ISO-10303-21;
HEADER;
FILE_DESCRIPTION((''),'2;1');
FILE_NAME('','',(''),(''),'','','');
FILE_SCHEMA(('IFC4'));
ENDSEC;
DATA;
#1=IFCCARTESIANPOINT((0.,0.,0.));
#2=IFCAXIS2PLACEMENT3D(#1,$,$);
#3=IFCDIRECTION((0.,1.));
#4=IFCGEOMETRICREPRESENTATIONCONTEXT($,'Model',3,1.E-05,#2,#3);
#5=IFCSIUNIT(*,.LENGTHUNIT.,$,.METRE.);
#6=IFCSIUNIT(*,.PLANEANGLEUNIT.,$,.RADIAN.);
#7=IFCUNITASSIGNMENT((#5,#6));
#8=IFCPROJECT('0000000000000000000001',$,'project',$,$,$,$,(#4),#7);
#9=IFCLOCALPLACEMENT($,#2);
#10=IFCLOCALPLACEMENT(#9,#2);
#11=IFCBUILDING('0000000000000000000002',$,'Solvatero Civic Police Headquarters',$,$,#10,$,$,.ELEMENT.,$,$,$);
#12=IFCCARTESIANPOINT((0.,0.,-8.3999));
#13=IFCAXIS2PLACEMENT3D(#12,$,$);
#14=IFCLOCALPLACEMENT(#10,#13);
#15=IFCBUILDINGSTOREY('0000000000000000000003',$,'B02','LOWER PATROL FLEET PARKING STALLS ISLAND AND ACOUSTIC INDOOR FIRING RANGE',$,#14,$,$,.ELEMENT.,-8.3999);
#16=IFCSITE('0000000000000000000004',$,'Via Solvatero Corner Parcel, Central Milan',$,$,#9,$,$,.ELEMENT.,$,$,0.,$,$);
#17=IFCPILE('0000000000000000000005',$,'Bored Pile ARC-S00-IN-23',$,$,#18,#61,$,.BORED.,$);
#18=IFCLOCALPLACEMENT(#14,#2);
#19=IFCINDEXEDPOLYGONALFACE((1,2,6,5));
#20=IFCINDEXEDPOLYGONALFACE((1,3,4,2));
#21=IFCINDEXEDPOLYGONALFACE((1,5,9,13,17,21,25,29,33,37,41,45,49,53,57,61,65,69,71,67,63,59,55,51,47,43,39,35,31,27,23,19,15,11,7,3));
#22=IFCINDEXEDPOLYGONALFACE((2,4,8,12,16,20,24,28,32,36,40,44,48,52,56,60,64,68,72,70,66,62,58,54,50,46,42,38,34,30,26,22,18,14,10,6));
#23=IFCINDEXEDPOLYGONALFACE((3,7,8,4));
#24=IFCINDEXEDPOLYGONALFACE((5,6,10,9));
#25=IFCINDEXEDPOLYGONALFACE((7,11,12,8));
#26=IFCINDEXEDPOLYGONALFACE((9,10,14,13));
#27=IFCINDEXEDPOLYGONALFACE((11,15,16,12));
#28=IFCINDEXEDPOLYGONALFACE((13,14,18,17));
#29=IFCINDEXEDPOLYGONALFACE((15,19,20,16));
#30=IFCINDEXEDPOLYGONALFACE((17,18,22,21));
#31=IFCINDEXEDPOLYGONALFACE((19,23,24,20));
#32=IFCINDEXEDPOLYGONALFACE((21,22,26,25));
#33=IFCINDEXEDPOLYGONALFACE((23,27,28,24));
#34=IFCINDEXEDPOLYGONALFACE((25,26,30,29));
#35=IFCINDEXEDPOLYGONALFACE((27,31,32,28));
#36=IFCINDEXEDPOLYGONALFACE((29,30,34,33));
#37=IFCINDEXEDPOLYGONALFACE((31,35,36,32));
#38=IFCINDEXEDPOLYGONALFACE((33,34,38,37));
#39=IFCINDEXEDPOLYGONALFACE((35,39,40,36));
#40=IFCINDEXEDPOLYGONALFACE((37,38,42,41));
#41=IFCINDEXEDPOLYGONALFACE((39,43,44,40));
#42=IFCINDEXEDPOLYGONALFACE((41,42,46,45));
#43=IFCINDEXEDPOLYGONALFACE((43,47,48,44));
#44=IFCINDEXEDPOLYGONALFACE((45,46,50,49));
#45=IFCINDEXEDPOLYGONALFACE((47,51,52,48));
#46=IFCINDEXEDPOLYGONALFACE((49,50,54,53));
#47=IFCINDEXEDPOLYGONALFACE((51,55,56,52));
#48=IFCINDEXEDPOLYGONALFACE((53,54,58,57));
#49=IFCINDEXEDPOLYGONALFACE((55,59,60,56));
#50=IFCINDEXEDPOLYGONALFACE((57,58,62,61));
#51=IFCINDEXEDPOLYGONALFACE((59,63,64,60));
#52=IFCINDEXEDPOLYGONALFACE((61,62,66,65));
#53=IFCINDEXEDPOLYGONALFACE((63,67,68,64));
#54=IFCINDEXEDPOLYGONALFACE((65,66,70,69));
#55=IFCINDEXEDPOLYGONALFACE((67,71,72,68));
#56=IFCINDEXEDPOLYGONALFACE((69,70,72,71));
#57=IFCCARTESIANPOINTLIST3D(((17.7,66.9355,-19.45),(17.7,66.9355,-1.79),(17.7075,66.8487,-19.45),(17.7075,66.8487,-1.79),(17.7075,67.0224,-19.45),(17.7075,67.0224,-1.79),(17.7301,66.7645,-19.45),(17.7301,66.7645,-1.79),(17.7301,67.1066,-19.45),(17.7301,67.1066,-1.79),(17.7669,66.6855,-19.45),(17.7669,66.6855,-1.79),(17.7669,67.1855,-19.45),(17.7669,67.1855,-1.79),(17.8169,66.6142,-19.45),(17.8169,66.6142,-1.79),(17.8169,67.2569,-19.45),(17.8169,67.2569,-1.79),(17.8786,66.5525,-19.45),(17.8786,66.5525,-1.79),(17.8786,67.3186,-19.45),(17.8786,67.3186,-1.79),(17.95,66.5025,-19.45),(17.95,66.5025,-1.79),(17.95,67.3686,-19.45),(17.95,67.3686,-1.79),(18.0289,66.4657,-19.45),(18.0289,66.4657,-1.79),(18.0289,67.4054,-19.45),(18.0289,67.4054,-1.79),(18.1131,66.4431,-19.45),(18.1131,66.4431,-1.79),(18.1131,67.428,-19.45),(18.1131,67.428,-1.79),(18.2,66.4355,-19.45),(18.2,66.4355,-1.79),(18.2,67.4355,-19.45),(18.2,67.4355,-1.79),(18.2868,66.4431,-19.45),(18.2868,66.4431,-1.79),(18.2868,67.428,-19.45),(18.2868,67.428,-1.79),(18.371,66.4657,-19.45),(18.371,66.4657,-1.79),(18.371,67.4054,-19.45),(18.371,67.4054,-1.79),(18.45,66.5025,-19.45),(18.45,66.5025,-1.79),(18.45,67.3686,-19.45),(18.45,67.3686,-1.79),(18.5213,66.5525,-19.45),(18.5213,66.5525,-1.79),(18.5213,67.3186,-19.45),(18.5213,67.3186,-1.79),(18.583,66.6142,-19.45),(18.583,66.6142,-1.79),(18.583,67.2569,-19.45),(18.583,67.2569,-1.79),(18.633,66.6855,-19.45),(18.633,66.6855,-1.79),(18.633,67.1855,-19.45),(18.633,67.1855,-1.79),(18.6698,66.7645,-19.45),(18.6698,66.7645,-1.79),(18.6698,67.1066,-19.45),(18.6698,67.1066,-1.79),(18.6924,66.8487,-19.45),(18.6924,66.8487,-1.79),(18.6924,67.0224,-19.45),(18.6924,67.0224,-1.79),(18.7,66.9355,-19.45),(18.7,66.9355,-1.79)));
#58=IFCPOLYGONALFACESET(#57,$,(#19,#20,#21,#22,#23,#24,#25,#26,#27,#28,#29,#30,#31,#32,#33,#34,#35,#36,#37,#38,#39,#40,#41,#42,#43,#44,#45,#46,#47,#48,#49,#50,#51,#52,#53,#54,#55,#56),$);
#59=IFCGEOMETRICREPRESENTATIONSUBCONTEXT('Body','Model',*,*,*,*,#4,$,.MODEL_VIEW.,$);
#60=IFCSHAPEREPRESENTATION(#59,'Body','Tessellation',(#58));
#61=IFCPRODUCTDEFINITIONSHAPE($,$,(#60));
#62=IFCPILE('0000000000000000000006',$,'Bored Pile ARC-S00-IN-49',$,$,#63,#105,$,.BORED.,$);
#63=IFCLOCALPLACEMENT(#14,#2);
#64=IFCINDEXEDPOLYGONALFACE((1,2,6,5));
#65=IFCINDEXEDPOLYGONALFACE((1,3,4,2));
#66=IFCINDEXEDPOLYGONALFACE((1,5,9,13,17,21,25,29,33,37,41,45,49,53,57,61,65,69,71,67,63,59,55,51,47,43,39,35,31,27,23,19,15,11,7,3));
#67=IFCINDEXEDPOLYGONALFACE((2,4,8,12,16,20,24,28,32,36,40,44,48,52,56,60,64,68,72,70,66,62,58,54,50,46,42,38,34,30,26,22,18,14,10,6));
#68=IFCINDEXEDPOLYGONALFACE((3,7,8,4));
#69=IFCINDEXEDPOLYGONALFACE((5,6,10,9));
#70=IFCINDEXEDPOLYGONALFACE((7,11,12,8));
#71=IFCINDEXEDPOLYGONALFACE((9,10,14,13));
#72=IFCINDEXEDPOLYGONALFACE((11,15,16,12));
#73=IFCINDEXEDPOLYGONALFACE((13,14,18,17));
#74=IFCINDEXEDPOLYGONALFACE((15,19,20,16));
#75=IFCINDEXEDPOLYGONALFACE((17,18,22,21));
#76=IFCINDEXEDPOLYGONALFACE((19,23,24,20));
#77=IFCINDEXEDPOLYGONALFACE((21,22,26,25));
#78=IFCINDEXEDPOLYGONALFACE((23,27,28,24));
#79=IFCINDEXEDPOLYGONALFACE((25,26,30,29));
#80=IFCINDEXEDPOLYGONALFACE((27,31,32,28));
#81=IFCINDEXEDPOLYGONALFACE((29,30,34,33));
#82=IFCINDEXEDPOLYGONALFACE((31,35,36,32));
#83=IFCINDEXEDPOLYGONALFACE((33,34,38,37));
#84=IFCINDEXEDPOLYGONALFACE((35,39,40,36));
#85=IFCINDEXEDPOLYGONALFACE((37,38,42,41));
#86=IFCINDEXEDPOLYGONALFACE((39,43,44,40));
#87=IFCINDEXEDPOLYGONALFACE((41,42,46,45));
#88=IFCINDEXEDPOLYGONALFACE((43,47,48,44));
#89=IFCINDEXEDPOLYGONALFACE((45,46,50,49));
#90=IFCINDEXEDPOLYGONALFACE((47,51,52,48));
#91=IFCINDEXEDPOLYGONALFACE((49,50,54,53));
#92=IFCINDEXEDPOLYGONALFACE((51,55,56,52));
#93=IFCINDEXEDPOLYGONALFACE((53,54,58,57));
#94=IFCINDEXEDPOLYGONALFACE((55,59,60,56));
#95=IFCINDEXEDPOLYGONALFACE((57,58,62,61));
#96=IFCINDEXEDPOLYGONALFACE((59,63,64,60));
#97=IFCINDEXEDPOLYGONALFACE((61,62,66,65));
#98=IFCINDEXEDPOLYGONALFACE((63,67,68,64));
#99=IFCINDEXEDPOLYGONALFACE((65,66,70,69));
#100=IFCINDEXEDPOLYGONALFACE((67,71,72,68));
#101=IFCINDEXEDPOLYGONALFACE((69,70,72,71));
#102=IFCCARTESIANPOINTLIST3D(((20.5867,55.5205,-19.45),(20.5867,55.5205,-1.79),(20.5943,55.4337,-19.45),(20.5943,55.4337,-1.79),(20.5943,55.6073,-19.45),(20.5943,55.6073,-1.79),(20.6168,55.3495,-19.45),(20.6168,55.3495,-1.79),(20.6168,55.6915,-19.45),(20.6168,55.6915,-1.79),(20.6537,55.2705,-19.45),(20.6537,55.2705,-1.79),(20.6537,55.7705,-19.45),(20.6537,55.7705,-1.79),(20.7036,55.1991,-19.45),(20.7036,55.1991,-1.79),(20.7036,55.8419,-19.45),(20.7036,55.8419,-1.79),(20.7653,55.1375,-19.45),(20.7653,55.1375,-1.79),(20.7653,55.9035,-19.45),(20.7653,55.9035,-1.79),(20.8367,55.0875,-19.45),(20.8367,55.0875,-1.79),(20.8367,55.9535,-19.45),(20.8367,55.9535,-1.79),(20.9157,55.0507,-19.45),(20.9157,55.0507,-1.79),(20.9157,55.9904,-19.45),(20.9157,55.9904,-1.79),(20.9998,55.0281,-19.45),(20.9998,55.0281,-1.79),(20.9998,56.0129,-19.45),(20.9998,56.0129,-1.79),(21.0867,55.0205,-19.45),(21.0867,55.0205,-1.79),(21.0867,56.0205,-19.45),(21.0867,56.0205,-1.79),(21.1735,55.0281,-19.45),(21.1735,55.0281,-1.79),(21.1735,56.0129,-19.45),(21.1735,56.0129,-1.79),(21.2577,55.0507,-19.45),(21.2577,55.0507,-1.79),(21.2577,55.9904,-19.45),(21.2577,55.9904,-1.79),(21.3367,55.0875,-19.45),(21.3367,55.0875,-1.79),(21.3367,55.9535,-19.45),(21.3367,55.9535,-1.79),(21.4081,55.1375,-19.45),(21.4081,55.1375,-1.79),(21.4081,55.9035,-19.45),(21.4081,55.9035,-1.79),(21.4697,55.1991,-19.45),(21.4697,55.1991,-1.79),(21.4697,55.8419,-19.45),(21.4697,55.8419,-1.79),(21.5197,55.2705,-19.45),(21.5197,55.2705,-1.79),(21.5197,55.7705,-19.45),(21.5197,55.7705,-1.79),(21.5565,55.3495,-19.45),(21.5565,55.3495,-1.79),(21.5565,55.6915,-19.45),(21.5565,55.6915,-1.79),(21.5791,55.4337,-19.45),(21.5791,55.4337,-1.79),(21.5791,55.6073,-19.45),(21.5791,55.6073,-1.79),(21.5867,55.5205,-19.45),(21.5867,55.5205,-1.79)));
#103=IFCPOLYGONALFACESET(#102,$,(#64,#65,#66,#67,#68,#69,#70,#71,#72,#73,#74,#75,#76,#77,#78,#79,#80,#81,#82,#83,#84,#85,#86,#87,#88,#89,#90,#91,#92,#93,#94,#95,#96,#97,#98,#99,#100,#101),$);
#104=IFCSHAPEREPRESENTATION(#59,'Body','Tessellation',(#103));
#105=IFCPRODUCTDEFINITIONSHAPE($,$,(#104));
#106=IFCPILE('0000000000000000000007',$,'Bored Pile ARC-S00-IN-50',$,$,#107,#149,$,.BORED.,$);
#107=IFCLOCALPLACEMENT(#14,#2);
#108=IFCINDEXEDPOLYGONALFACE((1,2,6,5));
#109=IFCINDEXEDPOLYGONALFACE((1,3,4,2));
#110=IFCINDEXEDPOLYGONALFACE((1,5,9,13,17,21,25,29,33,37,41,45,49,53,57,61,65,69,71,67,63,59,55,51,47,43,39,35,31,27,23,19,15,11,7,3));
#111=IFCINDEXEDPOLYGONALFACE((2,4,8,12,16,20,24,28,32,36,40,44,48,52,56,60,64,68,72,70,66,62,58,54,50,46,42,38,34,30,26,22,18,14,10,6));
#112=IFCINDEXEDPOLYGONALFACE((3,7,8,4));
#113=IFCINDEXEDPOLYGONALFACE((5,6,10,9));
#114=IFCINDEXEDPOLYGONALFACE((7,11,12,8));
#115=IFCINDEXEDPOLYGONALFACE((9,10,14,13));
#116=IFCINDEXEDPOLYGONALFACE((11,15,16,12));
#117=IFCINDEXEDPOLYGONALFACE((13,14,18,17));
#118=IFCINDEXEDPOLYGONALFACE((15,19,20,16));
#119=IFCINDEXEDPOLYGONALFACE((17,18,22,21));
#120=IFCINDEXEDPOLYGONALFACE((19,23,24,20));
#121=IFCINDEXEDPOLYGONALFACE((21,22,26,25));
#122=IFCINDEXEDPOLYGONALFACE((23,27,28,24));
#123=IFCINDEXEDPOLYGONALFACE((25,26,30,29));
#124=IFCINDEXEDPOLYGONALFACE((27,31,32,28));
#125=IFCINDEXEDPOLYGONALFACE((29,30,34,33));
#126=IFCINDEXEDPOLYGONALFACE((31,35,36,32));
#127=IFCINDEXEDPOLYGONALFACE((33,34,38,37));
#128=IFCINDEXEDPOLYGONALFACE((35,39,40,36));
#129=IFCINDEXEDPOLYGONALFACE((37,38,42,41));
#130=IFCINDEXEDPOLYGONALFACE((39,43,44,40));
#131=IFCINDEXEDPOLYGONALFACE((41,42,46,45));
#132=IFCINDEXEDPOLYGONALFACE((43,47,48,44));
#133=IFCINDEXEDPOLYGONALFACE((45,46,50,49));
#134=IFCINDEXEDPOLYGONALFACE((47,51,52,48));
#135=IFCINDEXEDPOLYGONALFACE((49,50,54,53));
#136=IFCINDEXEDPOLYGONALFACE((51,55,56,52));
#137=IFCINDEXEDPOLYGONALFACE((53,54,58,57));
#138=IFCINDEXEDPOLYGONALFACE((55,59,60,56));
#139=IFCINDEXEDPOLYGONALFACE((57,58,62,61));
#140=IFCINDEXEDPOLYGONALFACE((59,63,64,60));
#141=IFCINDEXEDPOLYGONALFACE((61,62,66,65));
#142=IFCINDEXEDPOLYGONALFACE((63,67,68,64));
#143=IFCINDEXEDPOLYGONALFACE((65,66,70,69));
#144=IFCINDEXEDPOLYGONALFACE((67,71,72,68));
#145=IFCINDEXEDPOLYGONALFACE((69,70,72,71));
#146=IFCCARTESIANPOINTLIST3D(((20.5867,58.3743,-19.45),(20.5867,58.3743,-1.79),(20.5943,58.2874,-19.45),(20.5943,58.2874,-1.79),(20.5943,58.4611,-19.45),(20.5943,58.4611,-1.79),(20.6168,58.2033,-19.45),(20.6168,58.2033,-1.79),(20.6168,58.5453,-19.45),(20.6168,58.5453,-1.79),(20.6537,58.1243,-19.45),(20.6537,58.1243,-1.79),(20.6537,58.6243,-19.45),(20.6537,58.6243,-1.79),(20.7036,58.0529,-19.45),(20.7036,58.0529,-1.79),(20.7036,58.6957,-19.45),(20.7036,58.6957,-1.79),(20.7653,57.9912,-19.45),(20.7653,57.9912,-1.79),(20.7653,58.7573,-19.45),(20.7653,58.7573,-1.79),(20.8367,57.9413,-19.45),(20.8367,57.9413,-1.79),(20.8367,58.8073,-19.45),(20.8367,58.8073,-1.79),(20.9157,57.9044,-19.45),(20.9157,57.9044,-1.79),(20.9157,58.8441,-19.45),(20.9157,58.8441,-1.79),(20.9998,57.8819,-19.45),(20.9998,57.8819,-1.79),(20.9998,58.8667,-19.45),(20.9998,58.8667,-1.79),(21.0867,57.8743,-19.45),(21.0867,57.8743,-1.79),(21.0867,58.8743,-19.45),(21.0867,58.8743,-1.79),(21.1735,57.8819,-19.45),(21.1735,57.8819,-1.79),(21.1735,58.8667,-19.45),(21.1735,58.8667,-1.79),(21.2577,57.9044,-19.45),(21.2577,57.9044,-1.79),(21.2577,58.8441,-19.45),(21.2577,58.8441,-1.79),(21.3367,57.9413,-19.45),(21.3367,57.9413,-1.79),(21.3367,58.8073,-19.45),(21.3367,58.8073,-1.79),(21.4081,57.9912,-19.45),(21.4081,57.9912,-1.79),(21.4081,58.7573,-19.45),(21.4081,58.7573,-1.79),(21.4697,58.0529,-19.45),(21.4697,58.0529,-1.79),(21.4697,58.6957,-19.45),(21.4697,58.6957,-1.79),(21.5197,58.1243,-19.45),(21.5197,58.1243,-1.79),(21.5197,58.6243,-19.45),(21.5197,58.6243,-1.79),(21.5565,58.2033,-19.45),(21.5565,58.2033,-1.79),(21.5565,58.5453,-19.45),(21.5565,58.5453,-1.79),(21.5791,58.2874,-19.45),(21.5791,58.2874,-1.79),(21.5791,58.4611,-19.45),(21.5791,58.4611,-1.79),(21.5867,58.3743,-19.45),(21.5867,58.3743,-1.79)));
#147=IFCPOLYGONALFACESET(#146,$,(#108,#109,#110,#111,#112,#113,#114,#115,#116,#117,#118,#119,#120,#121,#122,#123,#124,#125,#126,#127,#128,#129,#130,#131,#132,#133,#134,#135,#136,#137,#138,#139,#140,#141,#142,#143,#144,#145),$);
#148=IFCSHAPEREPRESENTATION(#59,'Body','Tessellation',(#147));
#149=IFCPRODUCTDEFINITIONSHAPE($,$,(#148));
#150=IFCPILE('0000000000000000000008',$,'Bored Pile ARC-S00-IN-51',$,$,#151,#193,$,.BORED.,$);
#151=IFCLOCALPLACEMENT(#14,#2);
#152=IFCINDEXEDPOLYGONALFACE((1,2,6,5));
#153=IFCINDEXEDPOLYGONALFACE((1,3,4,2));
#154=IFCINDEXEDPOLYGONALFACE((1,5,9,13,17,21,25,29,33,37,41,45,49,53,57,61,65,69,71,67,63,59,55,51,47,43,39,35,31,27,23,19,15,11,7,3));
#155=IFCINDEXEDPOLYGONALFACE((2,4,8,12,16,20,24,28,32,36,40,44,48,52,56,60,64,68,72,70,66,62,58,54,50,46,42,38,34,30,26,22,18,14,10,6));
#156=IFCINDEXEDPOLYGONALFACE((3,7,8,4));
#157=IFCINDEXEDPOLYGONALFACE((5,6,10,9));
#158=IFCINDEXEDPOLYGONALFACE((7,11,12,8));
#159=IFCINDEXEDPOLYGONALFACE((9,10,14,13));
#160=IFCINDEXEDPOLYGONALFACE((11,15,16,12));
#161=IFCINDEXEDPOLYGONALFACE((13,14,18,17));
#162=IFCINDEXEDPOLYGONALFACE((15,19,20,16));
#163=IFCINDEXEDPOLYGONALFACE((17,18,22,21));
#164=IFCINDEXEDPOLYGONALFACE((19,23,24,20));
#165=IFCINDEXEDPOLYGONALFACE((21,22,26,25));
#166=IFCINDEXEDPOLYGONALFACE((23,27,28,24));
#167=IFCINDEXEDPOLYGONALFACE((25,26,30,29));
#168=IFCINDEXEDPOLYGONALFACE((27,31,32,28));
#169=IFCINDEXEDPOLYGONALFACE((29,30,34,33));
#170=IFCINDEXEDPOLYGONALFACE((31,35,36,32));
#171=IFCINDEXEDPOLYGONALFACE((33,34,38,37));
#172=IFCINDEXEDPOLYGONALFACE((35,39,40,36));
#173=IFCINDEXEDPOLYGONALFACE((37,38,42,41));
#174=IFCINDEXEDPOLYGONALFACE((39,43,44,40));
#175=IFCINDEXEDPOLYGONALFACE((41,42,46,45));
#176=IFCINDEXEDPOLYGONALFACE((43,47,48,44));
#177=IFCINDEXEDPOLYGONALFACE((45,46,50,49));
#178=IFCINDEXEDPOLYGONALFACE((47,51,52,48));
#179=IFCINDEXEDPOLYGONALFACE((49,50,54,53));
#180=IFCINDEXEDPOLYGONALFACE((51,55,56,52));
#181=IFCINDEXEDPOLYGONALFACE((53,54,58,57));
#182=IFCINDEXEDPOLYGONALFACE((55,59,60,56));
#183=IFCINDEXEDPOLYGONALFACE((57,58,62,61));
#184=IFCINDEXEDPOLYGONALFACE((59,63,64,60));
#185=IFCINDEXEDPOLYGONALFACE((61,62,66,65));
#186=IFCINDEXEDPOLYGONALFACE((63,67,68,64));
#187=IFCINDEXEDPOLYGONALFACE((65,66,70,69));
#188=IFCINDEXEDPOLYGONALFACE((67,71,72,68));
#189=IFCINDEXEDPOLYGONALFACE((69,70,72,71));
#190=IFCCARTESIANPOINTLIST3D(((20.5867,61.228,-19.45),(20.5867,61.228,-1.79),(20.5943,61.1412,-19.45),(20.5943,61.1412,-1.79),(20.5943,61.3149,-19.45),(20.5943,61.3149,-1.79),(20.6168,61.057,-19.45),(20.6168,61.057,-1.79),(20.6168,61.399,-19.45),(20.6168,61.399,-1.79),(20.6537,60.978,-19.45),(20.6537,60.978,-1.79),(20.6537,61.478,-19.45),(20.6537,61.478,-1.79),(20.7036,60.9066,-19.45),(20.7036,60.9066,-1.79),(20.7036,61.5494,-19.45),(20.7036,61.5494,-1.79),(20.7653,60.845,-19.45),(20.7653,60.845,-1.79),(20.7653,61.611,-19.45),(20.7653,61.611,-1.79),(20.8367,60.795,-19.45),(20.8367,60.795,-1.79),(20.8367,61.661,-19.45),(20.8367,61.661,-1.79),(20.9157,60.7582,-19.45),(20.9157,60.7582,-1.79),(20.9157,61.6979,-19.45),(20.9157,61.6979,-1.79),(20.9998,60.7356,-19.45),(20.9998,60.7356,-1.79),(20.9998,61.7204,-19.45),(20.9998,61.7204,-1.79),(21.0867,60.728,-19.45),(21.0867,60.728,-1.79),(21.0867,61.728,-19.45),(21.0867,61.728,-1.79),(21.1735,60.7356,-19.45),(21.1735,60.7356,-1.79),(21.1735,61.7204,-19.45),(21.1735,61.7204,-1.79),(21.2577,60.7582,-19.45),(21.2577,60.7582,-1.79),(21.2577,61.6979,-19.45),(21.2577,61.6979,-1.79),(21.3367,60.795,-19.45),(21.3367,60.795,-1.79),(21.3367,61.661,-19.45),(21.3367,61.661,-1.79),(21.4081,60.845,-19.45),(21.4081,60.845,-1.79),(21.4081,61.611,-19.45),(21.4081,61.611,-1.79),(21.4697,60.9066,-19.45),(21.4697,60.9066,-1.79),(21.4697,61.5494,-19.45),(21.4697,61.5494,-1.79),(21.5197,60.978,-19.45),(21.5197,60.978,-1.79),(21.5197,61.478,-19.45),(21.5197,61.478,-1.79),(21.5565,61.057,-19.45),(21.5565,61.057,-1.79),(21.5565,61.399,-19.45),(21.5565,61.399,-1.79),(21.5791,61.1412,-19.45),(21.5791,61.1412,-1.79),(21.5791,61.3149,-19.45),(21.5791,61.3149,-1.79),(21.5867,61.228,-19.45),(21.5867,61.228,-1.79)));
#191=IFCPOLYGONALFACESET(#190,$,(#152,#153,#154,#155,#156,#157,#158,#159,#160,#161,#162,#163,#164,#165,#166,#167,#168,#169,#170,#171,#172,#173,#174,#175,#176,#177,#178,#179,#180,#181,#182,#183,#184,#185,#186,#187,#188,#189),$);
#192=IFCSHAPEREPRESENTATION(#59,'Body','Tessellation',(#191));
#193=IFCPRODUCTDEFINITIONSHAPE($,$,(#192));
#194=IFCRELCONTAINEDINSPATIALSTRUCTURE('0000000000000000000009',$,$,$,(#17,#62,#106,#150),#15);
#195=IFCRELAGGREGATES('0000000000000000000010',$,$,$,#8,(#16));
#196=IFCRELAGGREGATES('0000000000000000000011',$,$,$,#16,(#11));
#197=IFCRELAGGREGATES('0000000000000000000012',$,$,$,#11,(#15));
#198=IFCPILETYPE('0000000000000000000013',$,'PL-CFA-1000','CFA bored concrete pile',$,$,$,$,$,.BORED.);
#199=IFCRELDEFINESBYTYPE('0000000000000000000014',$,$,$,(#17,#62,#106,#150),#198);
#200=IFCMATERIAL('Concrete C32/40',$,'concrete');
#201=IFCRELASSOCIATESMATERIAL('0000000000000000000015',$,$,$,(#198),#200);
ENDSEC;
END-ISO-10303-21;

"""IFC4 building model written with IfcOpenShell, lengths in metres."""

from ifc_helpers import new_model, si_unit, direction, frame, origin, origin_2d, place, context, subcontext, project, spatial, circle, extrude, material, material_profile, profile_set, type_object, element, save


model = new_model("IFC4")

# Units and contexts
model_context = context("Model", 3, precision=1e-05, world=origin(), true_north=direction((0.0, 1.0)))
body_context = subcontext(model_context, "Body", "Model", "MODEL_VIEW")
ifc_project = project(units=[si_unit("LENGTHUNIT", "METRE"), si_unit("PLANEANGLEUNIT", "RADIAN")], contexts=[model_context])

# Site, building, storey
site_placement = place(None, origin())
site = spatial("IfcSite", under=ifc_project, at=site_placement, Name="Via Solvatero Corner Parcel, Central Milan", CompositionType="ELEMENT", RefElevation=0.0)
building_placement = place(site_placement, origin())
building = spatial("IfcBuilding", under=site, at=building_placement, Name="Solvatero Civic Police Headquarters", CompositionType="ELEMENT")
storey_placement = place(building_placement, frame((0.0, 0.0, -8.3999)))
storey = spatial("IfcBuildingStorey", under=building, at=storey_placement, Name="B02", Description="LOWER PATROL FLEET PARKING STALLS ISLAND AND ACOUSTIC INDOOR FIRING RANGE", CompositionType="ELEMENT", Elevation=-8.3999)

# Piles
ifc_material_1 = material(Name="Concrete C32/40", Category="concrete")
ifc_material_profile_1 = material_profile(ifc_material_1, circle(Radius=0.5, at=origin_2d()), Name="CFA PILE D1000")
ifc_profile_set_1 = profile_set([ifc_material_profile_1], Name="Concrete C32/40")
pile_type = type_object("IfcPileType", Name="PL-CFA-1000", Description="CFA bored concrete pile", PredefinedType="BORED", material=ifc_profile_set_1)
for number, where, z_axis, x_axis, name in (
    (1, (18.2, 66.9355, -1.79), (0.0, 0.0, -1.0), (1.0, 0.0, 0.0), "Bored Pile ARC-S00-IN-23"),
    (2, (21.0867, 55.5205, -1.79), (0.0, 0.0, -1.0), (1.0, 0.0, 0.0), "Bored Pile ARC-S00-IN-49"),
    (3, (21.0867, 58.3743, -1.79), (0.0, 0.0, -1.0), (1.0, 0.0, 0.0), "Bored Pile ARC-S00-IN-50"),
    (4, (21.0867, 61.228, -1.79), (0.0, 0.0, -1.0), (1.0, 0.0, 0.0), "Bored Pile ARC-S00-IN-51"),
):
    element("IfcPile", number, at=place(storey_placement, frame(where, z_axis=z_axis, x_axis=x_axis)), inside=storey, type_object=pile_type, Name=name, PredefinedType="BORED", context=body_context, shape_type="SweptSolid", body=[
        extrude(circle(Radius=0.5, at=origin_2d()), origin(), (0.0, 0.0, 1.0), 17.6599),
    ])

save(model, "model.ifc")
